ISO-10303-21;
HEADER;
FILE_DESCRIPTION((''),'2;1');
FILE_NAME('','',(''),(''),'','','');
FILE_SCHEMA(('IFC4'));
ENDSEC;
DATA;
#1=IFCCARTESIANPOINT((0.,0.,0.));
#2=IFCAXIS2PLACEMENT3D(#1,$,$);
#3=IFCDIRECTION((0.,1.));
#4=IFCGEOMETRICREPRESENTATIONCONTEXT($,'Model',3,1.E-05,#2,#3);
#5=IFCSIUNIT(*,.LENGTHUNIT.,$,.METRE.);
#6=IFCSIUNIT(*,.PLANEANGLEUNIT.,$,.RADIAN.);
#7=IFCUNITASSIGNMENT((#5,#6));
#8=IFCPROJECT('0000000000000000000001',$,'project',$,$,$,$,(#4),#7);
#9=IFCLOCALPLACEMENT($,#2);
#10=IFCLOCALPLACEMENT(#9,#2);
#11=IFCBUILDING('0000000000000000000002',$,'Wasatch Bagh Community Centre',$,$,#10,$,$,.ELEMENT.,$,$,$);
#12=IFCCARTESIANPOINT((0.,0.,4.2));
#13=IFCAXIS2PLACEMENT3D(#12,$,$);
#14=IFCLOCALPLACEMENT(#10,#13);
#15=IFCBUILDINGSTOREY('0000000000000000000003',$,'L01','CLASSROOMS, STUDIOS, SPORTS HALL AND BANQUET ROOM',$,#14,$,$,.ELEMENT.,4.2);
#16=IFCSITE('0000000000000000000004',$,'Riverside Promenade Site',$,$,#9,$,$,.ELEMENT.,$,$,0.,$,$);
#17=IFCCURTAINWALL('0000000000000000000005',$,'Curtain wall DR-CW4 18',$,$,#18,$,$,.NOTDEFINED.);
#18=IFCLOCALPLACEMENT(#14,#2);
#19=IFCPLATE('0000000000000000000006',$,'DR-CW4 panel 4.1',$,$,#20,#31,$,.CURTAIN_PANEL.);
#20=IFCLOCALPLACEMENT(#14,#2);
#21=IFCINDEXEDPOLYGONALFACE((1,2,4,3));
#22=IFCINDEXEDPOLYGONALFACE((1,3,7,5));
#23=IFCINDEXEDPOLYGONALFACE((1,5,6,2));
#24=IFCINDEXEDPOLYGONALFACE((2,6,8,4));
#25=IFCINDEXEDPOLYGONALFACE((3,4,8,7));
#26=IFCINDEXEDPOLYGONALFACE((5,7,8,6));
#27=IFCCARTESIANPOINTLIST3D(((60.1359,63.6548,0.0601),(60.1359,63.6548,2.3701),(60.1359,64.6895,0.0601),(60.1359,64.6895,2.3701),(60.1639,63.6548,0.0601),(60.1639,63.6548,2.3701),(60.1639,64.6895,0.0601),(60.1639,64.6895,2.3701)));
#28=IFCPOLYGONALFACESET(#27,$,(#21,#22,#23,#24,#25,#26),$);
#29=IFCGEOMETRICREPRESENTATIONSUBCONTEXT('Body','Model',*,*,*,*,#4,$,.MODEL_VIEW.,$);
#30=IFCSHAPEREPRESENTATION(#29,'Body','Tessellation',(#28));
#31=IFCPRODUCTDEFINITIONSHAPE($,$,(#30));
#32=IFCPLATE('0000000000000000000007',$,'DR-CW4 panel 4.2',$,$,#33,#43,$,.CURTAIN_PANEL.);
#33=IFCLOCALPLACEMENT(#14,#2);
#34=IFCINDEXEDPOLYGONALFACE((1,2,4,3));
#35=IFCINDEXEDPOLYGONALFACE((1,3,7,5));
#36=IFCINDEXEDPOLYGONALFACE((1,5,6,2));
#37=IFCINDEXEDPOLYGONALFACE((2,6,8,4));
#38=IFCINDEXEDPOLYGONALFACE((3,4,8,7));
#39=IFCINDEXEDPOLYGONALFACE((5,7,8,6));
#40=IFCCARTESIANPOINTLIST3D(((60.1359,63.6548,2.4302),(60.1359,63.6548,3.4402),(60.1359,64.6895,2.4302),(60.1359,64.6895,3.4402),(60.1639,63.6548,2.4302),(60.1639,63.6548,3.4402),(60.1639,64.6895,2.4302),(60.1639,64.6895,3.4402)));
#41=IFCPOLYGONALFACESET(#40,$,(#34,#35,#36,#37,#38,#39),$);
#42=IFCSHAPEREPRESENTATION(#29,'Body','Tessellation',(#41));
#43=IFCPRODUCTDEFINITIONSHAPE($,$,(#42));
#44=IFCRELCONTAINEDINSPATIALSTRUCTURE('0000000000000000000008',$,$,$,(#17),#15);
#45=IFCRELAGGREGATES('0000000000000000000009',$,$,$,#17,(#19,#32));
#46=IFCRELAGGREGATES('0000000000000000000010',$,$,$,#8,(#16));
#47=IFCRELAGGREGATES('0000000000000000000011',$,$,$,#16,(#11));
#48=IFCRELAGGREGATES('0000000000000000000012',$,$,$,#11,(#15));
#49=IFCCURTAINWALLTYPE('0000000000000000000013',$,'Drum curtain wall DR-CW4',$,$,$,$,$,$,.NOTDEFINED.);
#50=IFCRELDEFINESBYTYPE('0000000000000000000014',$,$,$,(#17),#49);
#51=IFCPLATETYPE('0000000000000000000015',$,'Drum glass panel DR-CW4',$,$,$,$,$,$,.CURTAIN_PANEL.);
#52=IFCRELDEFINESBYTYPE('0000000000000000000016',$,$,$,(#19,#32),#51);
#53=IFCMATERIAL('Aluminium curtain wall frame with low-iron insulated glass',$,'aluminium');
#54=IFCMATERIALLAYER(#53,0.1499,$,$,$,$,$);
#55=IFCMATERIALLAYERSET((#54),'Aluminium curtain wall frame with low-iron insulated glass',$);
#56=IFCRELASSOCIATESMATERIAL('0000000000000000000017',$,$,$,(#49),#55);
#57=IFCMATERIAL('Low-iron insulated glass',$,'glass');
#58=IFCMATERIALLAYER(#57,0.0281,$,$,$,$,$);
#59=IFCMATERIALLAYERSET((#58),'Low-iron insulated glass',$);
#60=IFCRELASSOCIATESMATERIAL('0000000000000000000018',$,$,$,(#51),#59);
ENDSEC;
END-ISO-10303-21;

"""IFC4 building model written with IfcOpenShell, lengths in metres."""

from ifc_helpers import new_model, si_unit, direction, frame, origin, origin_2d, place, context, subcontext, project, spatial, rectangle, extrude, material, layer, layer_set, type_object, element, aggregate, save


model = new_model("IFC4")

# Units and contexts
model_context = context("Model", 3, precision=1e-05, world=origin(), true_north=direction((0.0, 1.0)))
body_context = subcontext(model_context, "Body", "Model", "MODEL_VIEW")
ifc_project = project(units=[si_unit("LENGTHUNIT", "METRE"), si_unit("PLANEANGLEUNIT", "RADIAN")], contexts=[model_context])

# Site, building, storey
site_placement = place(None, origin())
site = spatial("IfcSite", under=ifc_project, at=site_placement, Name="Riverside Promenade Site", CompositionType="ELEMENT", RefElevation=0.0)
building_placement = place(site_placement, origin())
building = spatial("IfcBuilding", under=site, at=building_placement, Name="Wasatch Bagh Community Centre", CompositionType="ELEMENT")
storey_placement = place(building_placement, frame((0.0, 0.0, 4.2)))
storey = spatial("IfcBuildingStorey", under=building, at=storey_placement, Name="L01", Description="CLASSROOMS, STUDIOS, SPORTS HALL AND BANQUET ROOM", CompositionType="ELEMENT", Elevation=4.2)

# Shared definitions
ifc_material_1 = material(Name="Aluminium curtain wall frame with low-iron insulated glass", Category="aluminium")

# Curtain wall
ifc_layer_1 = layer(ifc_material_1, 0.1499)
ifc_layer_set_1 = layer_set([ifc_layer_1], Name="Aluminium curtain wall frame with low-iron insulated glass")
curtain_wall_type_1 = type_object("IfcCurtainWallType", Name="Drum curtain wall DR-CW4", PredefinedType="NOTDEFINED", material=ifc_layer_set_1)
curtain_wall_1_placement = place(storey_placement, origin())
curtain_wall_1 = element("IfcCurtainWall", 1, at=curtain_wall_1_placement, inside=storey, type_object=curtain_wall_type_1, Name="Curtain wall DR-CW4 18", PredefinedType="NOTDEFINED")

# Plates
ifc_material_2 = material(Name="Low-iron insulated glass", Category="glass")
ifc_layer_2 = layer(ifc_material_2, 0.0281)
ifc_layer_set_2 = layer_set([ifc_layer_2], Name="Low-iron insulated glass")
plate_type = type_object("IfcPlateType", Name="Drum glass panel DR-CW4", PredefinedType="CURTAIN_PANEL", material=ifc_layer_set_2)
plate_1_placement = place(storey_placement, frame((60.1499, 64.1721, 0.0601), z_axis=(0.0, 0.0, 1.0), x_axis=(0.0, 1.0, 0.0)))
plate_1 = element("IfcPlate", 2, at=plate_1_placement, type_object=plate_type, Name="DR-CW4 panel 4.1", PredefinedType="CURTAIN_PANEL", context=body_context, shape_type="SweptSolid", body=[
    extrude(rectangle(XDim=1.0347, YDim=0.0281, at=origin_2d()), origin(), (0.0, 0.0, 1.0), 2.3101),
])
plate_2_placement = place(storey_placement, frame((60.1499, 64.1721, 2.4302), z_axis=(0.0, 0.0, 1.0), x_axis=(0.0, 1.0, 0.0)))
plate_2 = element("IfcPlate", 3, at=plate_2_placement, type_object=plate_type, Name="DR-CW4 panel 4.2", PredefinedType="CURTAIN_PANEL", context=body_context, shape_type="SweptSolid", body=[
    extrude(rectangle(XDim=1.0347, YDim=0.0281, at=origin_2d()), origin(), (0.0, 0.0, 1.0), 1.01),
])
aggregate(curtain_wall_1, [plate_1, plate_2])

save(model, "model.ifc")
